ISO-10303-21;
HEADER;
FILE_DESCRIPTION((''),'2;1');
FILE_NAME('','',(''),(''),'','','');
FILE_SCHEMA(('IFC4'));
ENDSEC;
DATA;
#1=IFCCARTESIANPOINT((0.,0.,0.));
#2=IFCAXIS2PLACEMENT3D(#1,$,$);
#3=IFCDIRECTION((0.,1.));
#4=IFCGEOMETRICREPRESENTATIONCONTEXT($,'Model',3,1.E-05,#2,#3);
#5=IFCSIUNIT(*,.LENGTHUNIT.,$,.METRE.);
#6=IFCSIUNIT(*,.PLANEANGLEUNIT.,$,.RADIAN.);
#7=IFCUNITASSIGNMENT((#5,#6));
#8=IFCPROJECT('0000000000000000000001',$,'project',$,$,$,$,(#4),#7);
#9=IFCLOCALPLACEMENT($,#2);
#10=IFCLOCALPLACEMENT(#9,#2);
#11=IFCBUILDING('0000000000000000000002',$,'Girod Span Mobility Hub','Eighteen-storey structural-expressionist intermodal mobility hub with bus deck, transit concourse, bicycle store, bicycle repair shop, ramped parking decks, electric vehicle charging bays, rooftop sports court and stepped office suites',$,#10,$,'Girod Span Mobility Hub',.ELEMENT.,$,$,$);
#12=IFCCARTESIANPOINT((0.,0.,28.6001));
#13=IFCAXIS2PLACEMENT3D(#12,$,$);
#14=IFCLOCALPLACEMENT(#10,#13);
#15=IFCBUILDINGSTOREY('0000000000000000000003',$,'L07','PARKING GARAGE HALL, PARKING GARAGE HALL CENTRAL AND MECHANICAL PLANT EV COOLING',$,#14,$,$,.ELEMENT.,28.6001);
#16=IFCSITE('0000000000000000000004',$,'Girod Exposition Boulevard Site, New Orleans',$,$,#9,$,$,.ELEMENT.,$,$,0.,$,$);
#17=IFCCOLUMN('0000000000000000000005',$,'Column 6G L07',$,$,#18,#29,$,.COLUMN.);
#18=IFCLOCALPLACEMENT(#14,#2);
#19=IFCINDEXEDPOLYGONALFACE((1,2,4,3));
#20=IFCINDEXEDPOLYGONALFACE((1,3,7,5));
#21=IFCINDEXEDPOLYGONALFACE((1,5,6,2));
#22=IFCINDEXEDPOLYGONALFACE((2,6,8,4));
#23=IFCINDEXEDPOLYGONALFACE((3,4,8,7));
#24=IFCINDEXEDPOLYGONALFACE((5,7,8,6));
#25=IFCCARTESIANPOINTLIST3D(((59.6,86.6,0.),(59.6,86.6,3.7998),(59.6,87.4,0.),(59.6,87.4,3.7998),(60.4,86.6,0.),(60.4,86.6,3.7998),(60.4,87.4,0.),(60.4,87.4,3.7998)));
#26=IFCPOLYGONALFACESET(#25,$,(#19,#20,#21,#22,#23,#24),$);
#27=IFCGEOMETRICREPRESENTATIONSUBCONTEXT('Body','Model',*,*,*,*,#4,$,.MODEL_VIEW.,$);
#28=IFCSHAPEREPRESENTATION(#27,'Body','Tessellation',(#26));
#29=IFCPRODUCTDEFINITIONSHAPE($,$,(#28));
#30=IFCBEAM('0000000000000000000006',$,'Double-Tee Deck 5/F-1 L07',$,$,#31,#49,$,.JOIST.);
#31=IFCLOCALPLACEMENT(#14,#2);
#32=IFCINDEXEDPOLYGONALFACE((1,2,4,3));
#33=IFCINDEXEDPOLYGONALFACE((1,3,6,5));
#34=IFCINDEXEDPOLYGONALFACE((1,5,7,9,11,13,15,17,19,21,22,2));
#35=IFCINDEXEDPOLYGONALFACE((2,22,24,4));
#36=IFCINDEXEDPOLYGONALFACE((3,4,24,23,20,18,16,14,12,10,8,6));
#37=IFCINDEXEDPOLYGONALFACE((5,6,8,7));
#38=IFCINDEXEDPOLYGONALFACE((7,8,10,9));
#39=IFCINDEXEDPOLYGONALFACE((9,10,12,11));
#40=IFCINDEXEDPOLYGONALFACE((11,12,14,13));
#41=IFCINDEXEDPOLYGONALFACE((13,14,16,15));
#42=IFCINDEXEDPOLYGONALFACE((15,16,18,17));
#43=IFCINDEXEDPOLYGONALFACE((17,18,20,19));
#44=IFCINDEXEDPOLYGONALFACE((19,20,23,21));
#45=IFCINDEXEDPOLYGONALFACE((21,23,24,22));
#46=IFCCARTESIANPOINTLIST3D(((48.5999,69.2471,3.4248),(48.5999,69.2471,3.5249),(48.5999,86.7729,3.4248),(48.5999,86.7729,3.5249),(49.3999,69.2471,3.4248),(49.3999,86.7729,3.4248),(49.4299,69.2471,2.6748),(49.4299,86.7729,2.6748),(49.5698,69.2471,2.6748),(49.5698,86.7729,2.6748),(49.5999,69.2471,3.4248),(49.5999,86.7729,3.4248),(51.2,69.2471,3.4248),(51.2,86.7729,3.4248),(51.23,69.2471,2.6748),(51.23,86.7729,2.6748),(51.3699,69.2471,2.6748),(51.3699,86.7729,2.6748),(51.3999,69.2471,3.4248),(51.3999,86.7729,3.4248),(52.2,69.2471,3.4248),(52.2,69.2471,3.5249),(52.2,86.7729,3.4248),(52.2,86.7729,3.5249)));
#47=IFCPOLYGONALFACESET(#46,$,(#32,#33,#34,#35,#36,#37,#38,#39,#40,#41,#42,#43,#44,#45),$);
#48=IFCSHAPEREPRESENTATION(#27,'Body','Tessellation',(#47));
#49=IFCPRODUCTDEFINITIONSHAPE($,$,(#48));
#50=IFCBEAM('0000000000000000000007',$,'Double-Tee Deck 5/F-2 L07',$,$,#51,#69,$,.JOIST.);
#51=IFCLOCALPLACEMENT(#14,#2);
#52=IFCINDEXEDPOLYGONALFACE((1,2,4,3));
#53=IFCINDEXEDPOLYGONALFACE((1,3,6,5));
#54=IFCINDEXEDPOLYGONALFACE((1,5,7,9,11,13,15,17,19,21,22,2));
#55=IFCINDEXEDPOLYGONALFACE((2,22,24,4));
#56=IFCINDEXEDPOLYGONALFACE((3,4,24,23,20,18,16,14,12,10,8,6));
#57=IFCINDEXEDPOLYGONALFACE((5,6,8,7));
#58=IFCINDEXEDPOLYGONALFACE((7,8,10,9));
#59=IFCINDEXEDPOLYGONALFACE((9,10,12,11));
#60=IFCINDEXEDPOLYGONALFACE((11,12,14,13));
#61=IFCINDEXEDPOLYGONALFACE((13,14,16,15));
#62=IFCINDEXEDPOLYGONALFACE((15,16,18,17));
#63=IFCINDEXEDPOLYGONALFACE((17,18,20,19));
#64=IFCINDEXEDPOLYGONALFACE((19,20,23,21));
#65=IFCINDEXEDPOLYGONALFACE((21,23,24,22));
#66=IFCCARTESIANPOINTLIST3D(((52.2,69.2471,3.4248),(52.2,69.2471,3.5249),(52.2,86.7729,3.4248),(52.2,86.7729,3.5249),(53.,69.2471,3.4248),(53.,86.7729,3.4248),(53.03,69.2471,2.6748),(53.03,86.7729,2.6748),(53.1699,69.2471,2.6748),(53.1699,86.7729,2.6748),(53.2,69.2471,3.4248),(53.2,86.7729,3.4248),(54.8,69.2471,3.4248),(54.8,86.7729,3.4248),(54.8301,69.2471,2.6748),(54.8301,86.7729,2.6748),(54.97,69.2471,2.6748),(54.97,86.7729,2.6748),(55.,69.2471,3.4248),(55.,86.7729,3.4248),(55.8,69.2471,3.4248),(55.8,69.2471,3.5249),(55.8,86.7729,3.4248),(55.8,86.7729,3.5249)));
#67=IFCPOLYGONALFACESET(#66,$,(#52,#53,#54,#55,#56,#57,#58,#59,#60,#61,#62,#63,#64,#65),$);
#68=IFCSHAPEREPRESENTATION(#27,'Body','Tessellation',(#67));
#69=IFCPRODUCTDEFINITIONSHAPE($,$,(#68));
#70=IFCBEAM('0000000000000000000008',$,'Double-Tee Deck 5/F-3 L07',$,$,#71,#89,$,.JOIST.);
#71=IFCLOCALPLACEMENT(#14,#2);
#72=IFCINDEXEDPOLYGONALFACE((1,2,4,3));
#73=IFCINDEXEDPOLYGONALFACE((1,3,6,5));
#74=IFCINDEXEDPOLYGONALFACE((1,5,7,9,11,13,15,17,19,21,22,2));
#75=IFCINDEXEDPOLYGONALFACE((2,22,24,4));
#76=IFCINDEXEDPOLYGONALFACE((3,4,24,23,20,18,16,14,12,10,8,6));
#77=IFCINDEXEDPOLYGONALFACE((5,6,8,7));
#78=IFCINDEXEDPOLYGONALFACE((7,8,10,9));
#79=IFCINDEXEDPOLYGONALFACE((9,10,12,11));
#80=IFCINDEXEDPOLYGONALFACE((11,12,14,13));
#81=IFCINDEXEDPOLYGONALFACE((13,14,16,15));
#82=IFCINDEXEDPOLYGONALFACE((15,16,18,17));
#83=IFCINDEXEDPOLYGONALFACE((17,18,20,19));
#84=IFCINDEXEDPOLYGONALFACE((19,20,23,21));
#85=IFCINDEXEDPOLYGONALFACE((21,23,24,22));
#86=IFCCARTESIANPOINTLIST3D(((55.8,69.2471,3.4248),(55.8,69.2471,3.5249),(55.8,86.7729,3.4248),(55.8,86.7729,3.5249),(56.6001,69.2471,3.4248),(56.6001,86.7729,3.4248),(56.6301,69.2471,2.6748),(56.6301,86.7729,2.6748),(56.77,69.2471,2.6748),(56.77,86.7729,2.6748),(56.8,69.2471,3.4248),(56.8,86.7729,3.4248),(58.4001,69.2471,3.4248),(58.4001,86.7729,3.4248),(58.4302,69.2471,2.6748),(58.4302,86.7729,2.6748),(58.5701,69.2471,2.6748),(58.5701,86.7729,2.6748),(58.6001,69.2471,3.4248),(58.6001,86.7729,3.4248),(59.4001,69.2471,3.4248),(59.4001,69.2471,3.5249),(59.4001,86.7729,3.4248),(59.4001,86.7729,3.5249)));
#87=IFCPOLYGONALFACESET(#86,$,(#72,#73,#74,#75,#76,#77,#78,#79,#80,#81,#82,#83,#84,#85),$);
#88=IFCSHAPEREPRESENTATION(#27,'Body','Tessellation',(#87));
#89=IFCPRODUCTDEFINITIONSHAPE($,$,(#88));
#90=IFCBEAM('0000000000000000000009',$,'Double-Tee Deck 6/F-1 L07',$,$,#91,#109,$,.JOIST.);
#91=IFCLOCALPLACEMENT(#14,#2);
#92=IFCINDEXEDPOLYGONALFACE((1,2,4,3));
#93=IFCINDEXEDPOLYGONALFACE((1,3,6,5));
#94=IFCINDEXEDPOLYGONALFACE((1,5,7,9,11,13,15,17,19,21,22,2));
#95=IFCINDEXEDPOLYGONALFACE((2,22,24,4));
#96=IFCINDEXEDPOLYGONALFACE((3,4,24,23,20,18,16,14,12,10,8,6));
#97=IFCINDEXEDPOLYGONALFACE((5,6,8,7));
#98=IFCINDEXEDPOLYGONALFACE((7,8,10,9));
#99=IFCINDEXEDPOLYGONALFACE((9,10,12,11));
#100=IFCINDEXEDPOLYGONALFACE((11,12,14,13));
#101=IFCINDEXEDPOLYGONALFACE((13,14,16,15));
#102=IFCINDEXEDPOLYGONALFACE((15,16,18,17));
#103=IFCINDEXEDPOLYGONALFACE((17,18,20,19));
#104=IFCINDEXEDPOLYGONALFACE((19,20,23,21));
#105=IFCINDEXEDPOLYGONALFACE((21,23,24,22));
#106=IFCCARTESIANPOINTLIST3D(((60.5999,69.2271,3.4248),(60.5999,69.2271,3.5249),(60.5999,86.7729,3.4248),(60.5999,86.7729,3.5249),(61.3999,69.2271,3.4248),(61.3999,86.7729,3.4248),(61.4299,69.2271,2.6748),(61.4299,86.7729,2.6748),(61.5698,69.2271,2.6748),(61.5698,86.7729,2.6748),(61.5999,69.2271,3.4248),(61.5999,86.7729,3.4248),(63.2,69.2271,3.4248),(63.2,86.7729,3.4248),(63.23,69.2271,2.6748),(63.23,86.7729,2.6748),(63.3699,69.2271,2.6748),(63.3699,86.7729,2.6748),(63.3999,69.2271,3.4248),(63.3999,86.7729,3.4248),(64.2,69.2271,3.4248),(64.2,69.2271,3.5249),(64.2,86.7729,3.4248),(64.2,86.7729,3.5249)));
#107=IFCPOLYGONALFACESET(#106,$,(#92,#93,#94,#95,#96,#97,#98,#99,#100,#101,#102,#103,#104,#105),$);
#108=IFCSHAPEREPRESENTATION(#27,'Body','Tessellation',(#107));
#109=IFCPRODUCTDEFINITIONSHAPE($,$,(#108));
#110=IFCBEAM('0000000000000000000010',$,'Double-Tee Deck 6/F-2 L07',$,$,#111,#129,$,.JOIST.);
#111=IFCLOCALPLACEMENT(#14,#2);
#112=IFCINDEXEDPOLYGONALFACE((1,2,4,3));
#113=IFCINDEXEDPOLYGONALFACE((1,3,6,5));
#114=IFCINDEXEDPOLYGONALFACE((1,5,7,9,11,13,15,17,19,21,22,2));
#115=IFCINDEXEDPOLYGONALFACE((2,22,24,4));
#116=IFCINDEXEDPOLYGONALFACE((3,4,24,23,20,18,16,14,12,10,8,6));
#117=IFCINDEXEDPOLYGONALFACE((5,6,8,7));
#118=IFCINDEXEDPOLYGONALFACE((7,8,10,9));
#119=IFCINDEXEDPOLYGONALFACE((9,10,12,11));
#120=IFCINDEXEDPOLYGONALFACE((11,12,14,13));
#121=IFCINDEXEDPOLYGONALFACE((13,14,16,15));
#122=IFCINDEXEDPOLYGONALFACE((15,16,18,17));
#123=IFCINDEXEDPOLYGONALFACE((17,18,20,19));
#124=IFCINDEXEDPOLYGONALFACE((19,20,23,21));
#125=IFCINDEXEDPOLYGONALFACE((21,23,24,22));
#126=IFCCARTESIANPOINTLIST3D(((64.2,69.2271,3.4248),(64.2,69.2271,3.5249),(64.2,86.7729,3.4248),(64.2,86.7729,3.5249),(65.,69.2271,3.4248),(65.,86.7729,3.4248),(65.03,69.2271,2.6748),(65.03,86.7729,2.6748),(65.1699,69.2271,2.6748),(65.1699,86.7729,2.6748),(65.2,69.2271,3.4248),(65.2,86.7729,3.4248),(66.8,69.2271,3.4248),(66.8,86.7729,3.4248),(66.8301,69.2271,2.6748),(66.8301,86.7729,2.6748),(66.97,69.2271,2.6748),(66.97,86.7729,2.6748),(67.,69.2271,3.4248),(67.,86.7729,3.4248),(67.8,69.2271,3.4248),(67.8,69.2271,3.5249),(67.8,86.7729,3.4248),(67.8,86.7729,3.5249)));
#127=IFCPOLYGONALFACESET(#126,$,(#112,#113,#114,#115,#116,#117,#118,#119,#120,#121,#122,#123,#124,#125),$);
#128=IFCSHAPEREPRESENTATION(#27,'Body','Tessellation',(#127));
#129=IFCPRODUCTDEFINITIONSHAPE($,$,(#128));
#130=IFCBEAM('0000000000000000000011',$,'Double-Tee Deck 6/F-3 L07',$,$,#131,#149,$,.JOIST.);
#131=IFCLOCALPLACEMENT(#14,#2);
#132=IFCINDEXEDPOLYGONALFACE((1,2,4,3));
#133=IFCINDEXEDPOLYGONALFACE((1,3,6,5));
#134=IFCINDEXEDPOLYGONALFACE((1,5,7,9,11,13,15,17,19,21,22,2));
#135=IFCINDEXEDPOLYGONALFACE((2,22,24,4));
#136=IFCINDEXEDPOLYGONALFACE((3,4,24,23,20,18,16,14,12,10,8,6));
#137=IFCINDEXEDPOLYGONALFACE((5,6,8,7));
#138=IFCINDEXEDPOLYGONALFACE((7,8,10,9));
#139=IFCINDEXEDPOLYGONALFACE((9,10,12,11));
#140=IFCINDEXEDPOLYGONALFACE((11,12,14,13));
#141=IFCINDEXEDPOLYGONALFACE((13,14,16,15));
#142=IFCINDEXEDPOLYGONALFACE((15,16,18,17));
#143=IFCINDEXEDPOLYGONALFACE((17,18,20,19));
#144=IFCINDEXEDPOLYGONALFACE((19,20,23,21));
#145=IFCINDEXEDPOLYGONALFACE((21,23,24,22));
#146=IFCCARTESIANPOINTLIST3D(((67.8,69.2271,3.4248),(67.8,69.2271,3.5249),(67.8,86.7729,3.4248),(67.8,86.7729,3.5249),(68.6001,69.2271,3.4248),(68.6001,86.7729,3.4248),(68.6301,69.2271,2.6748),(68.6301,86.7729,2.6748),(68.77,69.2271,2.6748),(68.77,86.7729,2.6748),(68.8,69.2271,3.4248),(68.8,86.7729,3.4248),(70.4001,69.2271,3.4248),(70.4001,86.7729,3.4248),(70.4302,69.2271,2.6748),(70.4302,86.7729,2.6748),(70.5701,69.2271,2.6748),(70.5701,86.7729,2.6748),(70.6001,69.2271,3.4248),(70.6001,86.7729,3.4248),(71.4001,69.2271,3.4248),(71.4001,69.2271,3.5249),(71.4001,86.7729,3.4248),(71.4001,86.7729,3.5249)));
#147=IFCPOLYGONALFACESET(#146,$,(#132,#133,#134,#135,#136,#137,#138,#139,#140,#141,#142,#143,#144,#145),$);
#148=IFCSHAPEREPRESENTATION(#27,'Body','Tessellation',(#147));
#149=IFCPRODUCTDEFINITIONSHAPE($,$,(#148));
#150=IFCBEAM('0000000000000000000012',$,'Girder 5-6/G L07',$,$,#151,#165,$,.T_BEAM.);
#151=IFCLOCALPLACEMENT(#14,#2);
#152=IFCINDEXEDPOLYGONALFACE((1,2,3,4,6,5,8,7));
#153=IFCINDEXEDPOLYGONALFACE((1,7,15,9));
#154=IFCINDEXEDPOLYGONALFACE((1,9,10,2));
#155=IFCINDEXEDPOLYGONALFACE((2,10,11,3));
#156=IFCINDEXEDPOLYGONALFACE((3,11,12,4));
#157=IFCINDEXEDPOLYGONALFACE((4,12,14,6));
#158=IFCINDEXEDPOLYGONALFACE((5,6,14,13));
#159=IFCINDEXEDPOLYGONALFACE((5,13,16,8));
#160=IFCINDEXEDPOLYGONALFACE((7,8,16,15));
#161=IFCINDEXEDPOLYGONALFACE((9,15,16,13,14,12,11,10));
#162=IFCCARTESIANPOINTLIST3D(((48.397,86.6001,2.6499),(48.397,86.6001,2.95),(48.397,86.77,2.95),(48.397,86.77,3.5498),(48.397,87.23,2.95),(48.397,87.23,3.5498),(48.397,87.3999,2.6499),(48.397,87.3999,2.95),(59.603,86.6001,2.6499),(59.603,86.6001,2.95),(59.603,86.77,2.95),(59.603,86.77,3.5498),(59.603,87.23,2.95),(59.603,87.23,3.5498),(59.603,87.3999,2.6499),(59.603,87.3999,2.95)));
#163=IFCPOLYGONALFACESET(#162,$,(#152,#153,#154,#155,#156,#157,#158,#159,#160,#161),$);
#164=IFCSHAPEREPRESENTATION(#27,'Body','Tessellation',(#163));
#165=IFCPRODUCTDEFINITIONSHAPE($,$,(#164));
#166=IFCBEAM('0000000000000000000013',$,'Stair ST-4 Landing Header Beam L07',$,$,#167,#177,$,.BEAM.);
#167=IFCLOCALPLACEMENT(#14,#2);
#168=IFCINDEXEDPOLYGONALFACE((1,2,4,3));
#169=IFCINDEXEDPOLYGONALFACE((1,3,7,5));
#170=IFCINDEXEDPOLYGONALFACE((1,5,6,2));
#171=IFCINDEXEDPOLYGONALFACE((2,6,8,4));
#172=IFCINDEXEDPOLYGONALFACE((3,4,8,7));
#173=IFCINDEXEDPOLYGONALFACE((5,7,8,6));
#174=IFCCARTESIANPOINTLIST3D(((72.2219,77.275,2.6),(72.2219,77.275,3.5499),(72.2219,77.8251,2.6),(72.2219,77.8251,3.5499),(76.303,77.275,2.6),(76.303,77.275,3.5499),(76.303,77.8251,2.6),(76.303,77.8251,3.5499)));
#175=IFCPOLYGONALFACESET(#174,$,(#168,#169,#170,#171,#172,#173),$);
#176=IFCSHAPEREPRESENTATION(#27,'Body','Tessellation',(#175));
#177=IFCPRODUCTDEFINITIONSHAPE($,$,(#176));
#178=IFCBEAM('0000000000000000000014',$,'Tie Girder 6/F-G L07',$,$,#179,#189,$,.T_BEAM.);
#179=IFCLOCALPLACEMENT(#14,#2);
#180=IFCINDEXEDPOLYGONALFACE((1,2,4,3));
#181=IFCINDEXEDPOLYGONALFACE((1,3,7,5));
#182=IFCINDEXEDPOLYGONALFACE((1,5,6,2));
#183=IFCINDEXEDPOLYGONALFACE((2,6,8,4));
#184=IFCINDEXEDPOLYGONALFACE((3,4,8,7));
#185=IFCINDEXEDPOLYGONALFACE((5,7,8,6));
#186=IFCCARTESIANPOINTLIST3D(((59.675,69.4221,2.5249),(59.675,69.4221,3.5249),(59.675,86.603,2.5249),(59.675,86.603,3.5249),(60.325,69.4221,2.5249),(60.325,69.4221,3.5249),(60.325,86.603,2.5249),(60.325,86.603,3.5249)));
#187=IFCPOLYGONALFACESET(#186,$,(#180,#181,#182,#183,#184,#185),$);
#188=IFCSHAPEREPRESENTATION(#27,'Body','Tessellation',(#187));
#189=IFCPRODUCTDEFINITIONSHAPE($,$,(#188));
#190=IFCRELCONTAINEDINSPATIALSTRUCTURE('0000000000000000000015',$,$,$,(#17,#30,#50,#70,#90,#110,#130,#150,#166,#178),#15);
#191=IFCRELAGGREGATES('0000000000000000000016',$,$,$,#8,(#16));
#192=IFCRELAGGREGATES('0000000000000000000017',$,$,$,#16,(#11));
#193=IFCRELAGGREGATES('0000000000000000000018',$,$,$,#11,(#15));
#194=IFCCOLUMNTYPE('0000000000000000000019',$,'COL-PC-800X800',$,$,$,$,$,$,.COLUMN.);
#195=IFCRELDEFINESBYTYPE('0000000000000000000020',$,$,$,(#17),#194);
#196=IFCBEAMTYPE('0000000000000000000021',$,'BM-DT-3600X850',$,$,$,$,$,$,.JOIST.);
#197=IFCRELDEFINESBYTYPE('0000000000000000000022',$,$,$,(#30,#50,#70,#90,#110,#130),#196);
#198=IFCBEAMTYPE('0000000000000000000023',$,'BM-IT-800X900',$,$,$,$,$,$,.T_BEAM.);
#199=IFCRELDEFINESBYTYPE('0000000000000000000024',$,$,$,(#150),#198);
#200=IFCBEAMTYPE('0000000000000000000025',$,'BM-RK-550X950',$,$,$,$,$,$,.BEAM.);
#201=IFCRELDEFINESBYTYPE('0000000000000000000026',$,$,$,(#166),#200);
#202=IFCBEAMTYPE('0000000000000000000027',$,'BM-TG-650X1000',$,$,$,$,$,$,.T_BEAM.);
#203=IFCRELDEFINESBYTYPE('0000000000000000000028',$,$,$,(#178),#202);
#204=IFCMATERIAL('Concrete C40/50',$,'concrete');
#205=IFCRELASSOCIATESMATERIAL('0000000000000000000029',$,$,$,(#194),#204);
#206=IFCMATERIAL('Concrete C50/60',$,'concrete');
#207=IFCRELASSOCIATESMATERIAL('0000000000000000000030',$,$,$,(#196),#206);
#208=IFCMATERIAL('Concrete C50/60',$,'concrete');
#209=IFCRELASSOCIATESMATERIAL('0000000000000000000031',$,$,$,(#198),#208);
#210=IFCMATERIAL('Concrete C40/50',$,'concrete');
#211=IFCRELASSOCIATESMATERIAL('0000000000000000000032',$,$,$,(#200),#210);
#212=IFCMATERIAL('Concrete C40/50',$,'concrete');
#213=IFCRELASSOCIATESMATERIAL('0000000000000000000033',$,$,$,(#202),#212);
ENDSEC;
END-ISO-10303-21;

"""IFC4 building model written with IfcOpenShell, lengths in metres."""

from ifc_helpers import new_model, si_unit, direction, frame, origin, origin_2d, place, context, subcontext, project, spatial, polyline, rectangle, outline, extrude, material, material_profile, profile_set, type_object, element, save


model = new_model("IFC4")

# Units and contexts
model_context = context("Model", 3, precision=1e-05, world=origin(), true_north=direction((0.0, 1.0)))
body_context = subcontext(model_context, "Body", "Model", "MODEL_VIEW")
ifc_project = project(units=[si_unit("LENGTHUNIT", "METRE"), si_unit("PLANEANGLEUNIT", "RADIAN")], contexts=[model_context])

# Site, building, storey
site_placement = place(None, origin())
site = spatial("IfcSite", under=ifc_project, at=site_placement, Name="Girod Exposition Boulevard Site, New Orleans", CompositionType="ELEMENT", RefElevation=0.0)
building_placement = place(site_placement, origin())
building = spatial("IfcBuilding", under=site, at=building_placement, Name="Girod Span Mobility Hub", Description="Eighteen-storey structural-expressionist intermodal mobility hub with bus deck, transit concourse, bicycle store, bicycle repair shop, ramped parking decks, electric vehicle charging bays, rooftop sports court and stepped office suites", LongName="Girod Span Mobility Hub", CompositionType="ELEMENT")
storey_placement = place(building_placement, frame((0.0, 0.0, 28.6001)))
storey = spatial("IfcBuildingStorey", under=building, at=storey_placement, Name="L07", Description="PARKING GARAGE HALL, PARKING GARAGE HALL CENTRAL AND MECHANICAL PLANT EV COOLING", CompositionType="ELEMENT", Elevation=28.6001)

# Column
ifc_material_1 = material(Name="Concrete C40/50", Category="concrete")
ifc_material_profile_1 = material_profile(ifc_material_1, rectangle(XDim=0.8, YDim=0.8, at=origin_2d()), Name="PC-COL-800X800")
ifc_profile_set_1 = profile_set([ifc_material_profile_1], Name="Concrete C40/50")
column_type = type_object("IfcColumnType", Name="COL-PC-800X800", PredefinedType="COLUMN", material=ifc_profile_set_1)
column_placement = place(storey_placement, frame((60.0, 87.0, 0.0), z_axis=(0.0, 0.0, 1.0), x_axis=(1.0, 0.0, 0.0)))
element("IfcColumn", 1, at=column_placement, inside=storey, type_object=column_type, Name="Column 6G L07", PredefinedType="COLUMN", context=body_context, shape_type="SweptSolid", body=[
    extrude(rectangle(XDim=0.8, YDim=0.8, at=origin_2d()), origin(), (0.0, 0.0, 1.0), 3.7998),
])

# Beams
ifc_material_2 = material(Name="Concrete C50/60", Category="concrete")
ifc_material_profile_2 = material_profile(ifc_material_2, outline(polyline([(-1.8, 0.425), (-1.8, 0.325), (-1.0, 0.325), (-0.97, -0.425), (-0.8301, -0.425), (-0.8, 0.325), (0.8, 0.325), (0.8301, -0.425), (0.97, -0.425), (1.0, 0.325), (1.8, 0.325), (1.8, 0.425), (-1.8, 0.425)])), Name="DT-3600X850")
ifc_profile_set_2 = profile_set([ifc_material_profile_2], Name="Concrete C50/60")
beam_type_1 = type_object("IfcBeamType", Name="BM-DT-3600X850", PredefinedType="JOIST", material=ifc_profile_set_2)
for number, where, z_axis, x_axis, name in (
    (2, (50.3999, 69.2471, 3.0999), (0.0, 1.0, 0.0), (-1.0, 0.0, 0.0), "Double-Tee Deck 5/F-1 L07"),
    (3, (54.0, 69.2471, 3.0999), (0.0, 1.0, 0.0), (-1.0, 0.0, 0.0), "Double-Tee Deck 5/F-2 L07"),
    (4, (57.6001, 69.2471, 3.0999), (0.0, 1.0, 0.0), (-1.0, 0.0, 0.0), "Double-Tee Deck 5/F-3 L07"),
):
    element("IfcBeam", number, at=place(storey_placement, frame(where, z_axis=z_axis, x_axis=x_axis)), inside=storey, type_object=beam_type_1, Name=name, PredefinedType="JOIST", context=body_context, shape_type="SweptSolid", body=[
        extrude(outline(polyline([(-1.8, 0.425), (-1.8, 0.325), (-1.0, 0.325), (-0.97, -0.425), (-0.8301, -0.425), (-0.8, 0.325), (0.8, 0.325), (0.8301, -0.425), (0.97, -0.425), (1.0, 0.325), (1.8, 0.325), (1.8, 0.425), (-1.8, 0.425)])), origin(), (0.0, 0.0, 1.0), 17.5259),
    ])
for number, where, z_axis, x_axis, name in (
    (5, (62.3999, 69.2271, 3.0999), (0.0, 1.0, 0.0), (-1.0, 0.0, 0.0), "Double-Tee Deck 6/F-1 L07"),
    (6, (66.0, 69.2271, 3.0999), (0.0, 1.0, 0.0), (-1.0, 0.0, 0.0), "Double-Tee Deck 6/F-2 L07"),
    (7, (69.6001, 69.2271, 3.0999), (0.0, 1.0, 0.0), (-1.0, 0.0, 0.0), "Double-Tee Deck 6/F-3 L07"),
):
    element("IfcBeam", number, at=place(storey_placement, frame(where, z_axis=z_axis, x_axis=x_axis)), inside=storey, type_object=beam_type_1, Name=name, PredefinedType="JOIST", context=body_context, shape_type="SweptSolid", body=[
        extrude(outline(polyline([(-1.8, 0.425), (-1.8, 0.325), (-1.0, 0.325), (-0.97, -0.425), (-0.8301, -0.425), (-0.8, 0.325), (0.8, 0.325), (0.8301, -0.425), (0.97, -0.425), (1.0, 0.325), (1.8, 0.325), (1.8, 0.425), (-1.8, 0.425)])), origin(), (0.0, 0.0, 1.0), 17.5459),
    ])
ifc_material_3 = material(Name="Concrete C50/60", Category="concrete")
ifc_material_profile_3 = material_profile(ifc_material_3, outline(polyline([(-0.3999, -0.45), (0.3999, -0.45), (0.3999, -0.1499), (0.23, -0.1499), (0.23, 0.45), (-0.23, 0.45), (-0.23, -0.1499), (-0.3999, -0.1499), (-0.3999, -0.45)])), Name="IT-800X900")
ifc_profile_set_3 = profile_set([ifc_material_profile_3], Name="Concrete C50/60")
beam_type_2 = type_object("IfcBeamType", Name="BM-IT-800X900", PredefinedType="T_BEAM", material=ifc_profile_set_3)
beam_1_placement = place(storey_placement, frame((48.397, 87.0, 3.0999), z_axis=(1.0, 0.0, 0.0), x_axis=(0.0, 1.0, 0.0)))
element("IfcBeam", 8, at=beam_1_placement, inside=storey, type_object=beam_type_2, Name="Girder 5-6/G L07", PredefinedType="T_BEAM", context=body_context, shape_type="SweptSolid", body=[
    extrude(outline(polyline([(-0.3999, -0.45), (0.3999, -0.45), (0.3999, -0.1499), (0.23, -0.1499), (0.23, 0.45), (-0.23, 0.45), (-0.23, -0.1499), (-0.3999, -0.1499), (-0.3999, -0.45)])), origin(), (0.0, 0.0, 1.0), 11.2061),
])
ifc_material_4 = material(Name="Concrete C40/50", Category="concrete")
ifc_material_profile_4 = material_profile(ifc_material_4, rectangle(XDim=0.55, YDim=0.95, at=origin_2d()), Name="RK-550X950")
ifc_profile_set_4 = profile_set([ifc_material_profile_4], Name="Concrete C40/50")
beam_type_3 = type_object("IfcBeamType", Name="BM-RK-550X950", PredefinedType="BEAM", material=ifc_profile_set_4)
beam_2_placement = place(storey_placement, frame((72.2219, 77.55, 3.075), z_axis=(1.0, 0.0, 0.0), x_axis=(0.0, 1.0, 0.0)))
element("IfcBeam", 9, at=beam_2_placement, inside=storey, type_object=beam_type_3, Name="Stair ST-4 Landing Header Beam L07", PredefinedType="BEAM", context=body_context, shape_type="SweptSolid", body=[
    extrude(rectangle(XDim=0.55, YDim=0.95, at=origin_2d()), origin(), (0.0, 0.0, 1.0), 4.0811),
])
ifc_material_5 = material(Name="Concrete C40/50", Category="concrete")
ifc_material_profile_5 = material_profile(ifc_material_5, rectangle(XDim=0.6499, YDim=1.0, at=origin_2d()), Name="TG-650X1000")
ifc_profile_set_5 = profile_set([ifc_material_profile_5], Name="Concrete C40/50")
beam_type_4 = type_object("IfcBeamType", Name="BM-TG-650X1000", PredefinedType="T_BEAM", material=ifc_profile_set_5)
beam_3_placement = place(storey_placement, frame((60.0, 69.4221, 3.0249), z_axis=(0.0, 1.0, 0.0), x_axis=(-1.0, 0.0, 0.0)))
element("IfcBeam", 10, at=beam_3_placement, inside=storey, type_object=beam_type_4, Name="Tie Girder 6/F-G L07", PredefinedType="T_BEAM", context=body_context, shape_type="SweptSolid", body=[
    extrude(rectangle(XDim=0.6499, YDim=1.0, at=origin_2d()), origin(), (0.0, 0.0, 1.0), 17.1809),
])

save(model, "model.ifc")
